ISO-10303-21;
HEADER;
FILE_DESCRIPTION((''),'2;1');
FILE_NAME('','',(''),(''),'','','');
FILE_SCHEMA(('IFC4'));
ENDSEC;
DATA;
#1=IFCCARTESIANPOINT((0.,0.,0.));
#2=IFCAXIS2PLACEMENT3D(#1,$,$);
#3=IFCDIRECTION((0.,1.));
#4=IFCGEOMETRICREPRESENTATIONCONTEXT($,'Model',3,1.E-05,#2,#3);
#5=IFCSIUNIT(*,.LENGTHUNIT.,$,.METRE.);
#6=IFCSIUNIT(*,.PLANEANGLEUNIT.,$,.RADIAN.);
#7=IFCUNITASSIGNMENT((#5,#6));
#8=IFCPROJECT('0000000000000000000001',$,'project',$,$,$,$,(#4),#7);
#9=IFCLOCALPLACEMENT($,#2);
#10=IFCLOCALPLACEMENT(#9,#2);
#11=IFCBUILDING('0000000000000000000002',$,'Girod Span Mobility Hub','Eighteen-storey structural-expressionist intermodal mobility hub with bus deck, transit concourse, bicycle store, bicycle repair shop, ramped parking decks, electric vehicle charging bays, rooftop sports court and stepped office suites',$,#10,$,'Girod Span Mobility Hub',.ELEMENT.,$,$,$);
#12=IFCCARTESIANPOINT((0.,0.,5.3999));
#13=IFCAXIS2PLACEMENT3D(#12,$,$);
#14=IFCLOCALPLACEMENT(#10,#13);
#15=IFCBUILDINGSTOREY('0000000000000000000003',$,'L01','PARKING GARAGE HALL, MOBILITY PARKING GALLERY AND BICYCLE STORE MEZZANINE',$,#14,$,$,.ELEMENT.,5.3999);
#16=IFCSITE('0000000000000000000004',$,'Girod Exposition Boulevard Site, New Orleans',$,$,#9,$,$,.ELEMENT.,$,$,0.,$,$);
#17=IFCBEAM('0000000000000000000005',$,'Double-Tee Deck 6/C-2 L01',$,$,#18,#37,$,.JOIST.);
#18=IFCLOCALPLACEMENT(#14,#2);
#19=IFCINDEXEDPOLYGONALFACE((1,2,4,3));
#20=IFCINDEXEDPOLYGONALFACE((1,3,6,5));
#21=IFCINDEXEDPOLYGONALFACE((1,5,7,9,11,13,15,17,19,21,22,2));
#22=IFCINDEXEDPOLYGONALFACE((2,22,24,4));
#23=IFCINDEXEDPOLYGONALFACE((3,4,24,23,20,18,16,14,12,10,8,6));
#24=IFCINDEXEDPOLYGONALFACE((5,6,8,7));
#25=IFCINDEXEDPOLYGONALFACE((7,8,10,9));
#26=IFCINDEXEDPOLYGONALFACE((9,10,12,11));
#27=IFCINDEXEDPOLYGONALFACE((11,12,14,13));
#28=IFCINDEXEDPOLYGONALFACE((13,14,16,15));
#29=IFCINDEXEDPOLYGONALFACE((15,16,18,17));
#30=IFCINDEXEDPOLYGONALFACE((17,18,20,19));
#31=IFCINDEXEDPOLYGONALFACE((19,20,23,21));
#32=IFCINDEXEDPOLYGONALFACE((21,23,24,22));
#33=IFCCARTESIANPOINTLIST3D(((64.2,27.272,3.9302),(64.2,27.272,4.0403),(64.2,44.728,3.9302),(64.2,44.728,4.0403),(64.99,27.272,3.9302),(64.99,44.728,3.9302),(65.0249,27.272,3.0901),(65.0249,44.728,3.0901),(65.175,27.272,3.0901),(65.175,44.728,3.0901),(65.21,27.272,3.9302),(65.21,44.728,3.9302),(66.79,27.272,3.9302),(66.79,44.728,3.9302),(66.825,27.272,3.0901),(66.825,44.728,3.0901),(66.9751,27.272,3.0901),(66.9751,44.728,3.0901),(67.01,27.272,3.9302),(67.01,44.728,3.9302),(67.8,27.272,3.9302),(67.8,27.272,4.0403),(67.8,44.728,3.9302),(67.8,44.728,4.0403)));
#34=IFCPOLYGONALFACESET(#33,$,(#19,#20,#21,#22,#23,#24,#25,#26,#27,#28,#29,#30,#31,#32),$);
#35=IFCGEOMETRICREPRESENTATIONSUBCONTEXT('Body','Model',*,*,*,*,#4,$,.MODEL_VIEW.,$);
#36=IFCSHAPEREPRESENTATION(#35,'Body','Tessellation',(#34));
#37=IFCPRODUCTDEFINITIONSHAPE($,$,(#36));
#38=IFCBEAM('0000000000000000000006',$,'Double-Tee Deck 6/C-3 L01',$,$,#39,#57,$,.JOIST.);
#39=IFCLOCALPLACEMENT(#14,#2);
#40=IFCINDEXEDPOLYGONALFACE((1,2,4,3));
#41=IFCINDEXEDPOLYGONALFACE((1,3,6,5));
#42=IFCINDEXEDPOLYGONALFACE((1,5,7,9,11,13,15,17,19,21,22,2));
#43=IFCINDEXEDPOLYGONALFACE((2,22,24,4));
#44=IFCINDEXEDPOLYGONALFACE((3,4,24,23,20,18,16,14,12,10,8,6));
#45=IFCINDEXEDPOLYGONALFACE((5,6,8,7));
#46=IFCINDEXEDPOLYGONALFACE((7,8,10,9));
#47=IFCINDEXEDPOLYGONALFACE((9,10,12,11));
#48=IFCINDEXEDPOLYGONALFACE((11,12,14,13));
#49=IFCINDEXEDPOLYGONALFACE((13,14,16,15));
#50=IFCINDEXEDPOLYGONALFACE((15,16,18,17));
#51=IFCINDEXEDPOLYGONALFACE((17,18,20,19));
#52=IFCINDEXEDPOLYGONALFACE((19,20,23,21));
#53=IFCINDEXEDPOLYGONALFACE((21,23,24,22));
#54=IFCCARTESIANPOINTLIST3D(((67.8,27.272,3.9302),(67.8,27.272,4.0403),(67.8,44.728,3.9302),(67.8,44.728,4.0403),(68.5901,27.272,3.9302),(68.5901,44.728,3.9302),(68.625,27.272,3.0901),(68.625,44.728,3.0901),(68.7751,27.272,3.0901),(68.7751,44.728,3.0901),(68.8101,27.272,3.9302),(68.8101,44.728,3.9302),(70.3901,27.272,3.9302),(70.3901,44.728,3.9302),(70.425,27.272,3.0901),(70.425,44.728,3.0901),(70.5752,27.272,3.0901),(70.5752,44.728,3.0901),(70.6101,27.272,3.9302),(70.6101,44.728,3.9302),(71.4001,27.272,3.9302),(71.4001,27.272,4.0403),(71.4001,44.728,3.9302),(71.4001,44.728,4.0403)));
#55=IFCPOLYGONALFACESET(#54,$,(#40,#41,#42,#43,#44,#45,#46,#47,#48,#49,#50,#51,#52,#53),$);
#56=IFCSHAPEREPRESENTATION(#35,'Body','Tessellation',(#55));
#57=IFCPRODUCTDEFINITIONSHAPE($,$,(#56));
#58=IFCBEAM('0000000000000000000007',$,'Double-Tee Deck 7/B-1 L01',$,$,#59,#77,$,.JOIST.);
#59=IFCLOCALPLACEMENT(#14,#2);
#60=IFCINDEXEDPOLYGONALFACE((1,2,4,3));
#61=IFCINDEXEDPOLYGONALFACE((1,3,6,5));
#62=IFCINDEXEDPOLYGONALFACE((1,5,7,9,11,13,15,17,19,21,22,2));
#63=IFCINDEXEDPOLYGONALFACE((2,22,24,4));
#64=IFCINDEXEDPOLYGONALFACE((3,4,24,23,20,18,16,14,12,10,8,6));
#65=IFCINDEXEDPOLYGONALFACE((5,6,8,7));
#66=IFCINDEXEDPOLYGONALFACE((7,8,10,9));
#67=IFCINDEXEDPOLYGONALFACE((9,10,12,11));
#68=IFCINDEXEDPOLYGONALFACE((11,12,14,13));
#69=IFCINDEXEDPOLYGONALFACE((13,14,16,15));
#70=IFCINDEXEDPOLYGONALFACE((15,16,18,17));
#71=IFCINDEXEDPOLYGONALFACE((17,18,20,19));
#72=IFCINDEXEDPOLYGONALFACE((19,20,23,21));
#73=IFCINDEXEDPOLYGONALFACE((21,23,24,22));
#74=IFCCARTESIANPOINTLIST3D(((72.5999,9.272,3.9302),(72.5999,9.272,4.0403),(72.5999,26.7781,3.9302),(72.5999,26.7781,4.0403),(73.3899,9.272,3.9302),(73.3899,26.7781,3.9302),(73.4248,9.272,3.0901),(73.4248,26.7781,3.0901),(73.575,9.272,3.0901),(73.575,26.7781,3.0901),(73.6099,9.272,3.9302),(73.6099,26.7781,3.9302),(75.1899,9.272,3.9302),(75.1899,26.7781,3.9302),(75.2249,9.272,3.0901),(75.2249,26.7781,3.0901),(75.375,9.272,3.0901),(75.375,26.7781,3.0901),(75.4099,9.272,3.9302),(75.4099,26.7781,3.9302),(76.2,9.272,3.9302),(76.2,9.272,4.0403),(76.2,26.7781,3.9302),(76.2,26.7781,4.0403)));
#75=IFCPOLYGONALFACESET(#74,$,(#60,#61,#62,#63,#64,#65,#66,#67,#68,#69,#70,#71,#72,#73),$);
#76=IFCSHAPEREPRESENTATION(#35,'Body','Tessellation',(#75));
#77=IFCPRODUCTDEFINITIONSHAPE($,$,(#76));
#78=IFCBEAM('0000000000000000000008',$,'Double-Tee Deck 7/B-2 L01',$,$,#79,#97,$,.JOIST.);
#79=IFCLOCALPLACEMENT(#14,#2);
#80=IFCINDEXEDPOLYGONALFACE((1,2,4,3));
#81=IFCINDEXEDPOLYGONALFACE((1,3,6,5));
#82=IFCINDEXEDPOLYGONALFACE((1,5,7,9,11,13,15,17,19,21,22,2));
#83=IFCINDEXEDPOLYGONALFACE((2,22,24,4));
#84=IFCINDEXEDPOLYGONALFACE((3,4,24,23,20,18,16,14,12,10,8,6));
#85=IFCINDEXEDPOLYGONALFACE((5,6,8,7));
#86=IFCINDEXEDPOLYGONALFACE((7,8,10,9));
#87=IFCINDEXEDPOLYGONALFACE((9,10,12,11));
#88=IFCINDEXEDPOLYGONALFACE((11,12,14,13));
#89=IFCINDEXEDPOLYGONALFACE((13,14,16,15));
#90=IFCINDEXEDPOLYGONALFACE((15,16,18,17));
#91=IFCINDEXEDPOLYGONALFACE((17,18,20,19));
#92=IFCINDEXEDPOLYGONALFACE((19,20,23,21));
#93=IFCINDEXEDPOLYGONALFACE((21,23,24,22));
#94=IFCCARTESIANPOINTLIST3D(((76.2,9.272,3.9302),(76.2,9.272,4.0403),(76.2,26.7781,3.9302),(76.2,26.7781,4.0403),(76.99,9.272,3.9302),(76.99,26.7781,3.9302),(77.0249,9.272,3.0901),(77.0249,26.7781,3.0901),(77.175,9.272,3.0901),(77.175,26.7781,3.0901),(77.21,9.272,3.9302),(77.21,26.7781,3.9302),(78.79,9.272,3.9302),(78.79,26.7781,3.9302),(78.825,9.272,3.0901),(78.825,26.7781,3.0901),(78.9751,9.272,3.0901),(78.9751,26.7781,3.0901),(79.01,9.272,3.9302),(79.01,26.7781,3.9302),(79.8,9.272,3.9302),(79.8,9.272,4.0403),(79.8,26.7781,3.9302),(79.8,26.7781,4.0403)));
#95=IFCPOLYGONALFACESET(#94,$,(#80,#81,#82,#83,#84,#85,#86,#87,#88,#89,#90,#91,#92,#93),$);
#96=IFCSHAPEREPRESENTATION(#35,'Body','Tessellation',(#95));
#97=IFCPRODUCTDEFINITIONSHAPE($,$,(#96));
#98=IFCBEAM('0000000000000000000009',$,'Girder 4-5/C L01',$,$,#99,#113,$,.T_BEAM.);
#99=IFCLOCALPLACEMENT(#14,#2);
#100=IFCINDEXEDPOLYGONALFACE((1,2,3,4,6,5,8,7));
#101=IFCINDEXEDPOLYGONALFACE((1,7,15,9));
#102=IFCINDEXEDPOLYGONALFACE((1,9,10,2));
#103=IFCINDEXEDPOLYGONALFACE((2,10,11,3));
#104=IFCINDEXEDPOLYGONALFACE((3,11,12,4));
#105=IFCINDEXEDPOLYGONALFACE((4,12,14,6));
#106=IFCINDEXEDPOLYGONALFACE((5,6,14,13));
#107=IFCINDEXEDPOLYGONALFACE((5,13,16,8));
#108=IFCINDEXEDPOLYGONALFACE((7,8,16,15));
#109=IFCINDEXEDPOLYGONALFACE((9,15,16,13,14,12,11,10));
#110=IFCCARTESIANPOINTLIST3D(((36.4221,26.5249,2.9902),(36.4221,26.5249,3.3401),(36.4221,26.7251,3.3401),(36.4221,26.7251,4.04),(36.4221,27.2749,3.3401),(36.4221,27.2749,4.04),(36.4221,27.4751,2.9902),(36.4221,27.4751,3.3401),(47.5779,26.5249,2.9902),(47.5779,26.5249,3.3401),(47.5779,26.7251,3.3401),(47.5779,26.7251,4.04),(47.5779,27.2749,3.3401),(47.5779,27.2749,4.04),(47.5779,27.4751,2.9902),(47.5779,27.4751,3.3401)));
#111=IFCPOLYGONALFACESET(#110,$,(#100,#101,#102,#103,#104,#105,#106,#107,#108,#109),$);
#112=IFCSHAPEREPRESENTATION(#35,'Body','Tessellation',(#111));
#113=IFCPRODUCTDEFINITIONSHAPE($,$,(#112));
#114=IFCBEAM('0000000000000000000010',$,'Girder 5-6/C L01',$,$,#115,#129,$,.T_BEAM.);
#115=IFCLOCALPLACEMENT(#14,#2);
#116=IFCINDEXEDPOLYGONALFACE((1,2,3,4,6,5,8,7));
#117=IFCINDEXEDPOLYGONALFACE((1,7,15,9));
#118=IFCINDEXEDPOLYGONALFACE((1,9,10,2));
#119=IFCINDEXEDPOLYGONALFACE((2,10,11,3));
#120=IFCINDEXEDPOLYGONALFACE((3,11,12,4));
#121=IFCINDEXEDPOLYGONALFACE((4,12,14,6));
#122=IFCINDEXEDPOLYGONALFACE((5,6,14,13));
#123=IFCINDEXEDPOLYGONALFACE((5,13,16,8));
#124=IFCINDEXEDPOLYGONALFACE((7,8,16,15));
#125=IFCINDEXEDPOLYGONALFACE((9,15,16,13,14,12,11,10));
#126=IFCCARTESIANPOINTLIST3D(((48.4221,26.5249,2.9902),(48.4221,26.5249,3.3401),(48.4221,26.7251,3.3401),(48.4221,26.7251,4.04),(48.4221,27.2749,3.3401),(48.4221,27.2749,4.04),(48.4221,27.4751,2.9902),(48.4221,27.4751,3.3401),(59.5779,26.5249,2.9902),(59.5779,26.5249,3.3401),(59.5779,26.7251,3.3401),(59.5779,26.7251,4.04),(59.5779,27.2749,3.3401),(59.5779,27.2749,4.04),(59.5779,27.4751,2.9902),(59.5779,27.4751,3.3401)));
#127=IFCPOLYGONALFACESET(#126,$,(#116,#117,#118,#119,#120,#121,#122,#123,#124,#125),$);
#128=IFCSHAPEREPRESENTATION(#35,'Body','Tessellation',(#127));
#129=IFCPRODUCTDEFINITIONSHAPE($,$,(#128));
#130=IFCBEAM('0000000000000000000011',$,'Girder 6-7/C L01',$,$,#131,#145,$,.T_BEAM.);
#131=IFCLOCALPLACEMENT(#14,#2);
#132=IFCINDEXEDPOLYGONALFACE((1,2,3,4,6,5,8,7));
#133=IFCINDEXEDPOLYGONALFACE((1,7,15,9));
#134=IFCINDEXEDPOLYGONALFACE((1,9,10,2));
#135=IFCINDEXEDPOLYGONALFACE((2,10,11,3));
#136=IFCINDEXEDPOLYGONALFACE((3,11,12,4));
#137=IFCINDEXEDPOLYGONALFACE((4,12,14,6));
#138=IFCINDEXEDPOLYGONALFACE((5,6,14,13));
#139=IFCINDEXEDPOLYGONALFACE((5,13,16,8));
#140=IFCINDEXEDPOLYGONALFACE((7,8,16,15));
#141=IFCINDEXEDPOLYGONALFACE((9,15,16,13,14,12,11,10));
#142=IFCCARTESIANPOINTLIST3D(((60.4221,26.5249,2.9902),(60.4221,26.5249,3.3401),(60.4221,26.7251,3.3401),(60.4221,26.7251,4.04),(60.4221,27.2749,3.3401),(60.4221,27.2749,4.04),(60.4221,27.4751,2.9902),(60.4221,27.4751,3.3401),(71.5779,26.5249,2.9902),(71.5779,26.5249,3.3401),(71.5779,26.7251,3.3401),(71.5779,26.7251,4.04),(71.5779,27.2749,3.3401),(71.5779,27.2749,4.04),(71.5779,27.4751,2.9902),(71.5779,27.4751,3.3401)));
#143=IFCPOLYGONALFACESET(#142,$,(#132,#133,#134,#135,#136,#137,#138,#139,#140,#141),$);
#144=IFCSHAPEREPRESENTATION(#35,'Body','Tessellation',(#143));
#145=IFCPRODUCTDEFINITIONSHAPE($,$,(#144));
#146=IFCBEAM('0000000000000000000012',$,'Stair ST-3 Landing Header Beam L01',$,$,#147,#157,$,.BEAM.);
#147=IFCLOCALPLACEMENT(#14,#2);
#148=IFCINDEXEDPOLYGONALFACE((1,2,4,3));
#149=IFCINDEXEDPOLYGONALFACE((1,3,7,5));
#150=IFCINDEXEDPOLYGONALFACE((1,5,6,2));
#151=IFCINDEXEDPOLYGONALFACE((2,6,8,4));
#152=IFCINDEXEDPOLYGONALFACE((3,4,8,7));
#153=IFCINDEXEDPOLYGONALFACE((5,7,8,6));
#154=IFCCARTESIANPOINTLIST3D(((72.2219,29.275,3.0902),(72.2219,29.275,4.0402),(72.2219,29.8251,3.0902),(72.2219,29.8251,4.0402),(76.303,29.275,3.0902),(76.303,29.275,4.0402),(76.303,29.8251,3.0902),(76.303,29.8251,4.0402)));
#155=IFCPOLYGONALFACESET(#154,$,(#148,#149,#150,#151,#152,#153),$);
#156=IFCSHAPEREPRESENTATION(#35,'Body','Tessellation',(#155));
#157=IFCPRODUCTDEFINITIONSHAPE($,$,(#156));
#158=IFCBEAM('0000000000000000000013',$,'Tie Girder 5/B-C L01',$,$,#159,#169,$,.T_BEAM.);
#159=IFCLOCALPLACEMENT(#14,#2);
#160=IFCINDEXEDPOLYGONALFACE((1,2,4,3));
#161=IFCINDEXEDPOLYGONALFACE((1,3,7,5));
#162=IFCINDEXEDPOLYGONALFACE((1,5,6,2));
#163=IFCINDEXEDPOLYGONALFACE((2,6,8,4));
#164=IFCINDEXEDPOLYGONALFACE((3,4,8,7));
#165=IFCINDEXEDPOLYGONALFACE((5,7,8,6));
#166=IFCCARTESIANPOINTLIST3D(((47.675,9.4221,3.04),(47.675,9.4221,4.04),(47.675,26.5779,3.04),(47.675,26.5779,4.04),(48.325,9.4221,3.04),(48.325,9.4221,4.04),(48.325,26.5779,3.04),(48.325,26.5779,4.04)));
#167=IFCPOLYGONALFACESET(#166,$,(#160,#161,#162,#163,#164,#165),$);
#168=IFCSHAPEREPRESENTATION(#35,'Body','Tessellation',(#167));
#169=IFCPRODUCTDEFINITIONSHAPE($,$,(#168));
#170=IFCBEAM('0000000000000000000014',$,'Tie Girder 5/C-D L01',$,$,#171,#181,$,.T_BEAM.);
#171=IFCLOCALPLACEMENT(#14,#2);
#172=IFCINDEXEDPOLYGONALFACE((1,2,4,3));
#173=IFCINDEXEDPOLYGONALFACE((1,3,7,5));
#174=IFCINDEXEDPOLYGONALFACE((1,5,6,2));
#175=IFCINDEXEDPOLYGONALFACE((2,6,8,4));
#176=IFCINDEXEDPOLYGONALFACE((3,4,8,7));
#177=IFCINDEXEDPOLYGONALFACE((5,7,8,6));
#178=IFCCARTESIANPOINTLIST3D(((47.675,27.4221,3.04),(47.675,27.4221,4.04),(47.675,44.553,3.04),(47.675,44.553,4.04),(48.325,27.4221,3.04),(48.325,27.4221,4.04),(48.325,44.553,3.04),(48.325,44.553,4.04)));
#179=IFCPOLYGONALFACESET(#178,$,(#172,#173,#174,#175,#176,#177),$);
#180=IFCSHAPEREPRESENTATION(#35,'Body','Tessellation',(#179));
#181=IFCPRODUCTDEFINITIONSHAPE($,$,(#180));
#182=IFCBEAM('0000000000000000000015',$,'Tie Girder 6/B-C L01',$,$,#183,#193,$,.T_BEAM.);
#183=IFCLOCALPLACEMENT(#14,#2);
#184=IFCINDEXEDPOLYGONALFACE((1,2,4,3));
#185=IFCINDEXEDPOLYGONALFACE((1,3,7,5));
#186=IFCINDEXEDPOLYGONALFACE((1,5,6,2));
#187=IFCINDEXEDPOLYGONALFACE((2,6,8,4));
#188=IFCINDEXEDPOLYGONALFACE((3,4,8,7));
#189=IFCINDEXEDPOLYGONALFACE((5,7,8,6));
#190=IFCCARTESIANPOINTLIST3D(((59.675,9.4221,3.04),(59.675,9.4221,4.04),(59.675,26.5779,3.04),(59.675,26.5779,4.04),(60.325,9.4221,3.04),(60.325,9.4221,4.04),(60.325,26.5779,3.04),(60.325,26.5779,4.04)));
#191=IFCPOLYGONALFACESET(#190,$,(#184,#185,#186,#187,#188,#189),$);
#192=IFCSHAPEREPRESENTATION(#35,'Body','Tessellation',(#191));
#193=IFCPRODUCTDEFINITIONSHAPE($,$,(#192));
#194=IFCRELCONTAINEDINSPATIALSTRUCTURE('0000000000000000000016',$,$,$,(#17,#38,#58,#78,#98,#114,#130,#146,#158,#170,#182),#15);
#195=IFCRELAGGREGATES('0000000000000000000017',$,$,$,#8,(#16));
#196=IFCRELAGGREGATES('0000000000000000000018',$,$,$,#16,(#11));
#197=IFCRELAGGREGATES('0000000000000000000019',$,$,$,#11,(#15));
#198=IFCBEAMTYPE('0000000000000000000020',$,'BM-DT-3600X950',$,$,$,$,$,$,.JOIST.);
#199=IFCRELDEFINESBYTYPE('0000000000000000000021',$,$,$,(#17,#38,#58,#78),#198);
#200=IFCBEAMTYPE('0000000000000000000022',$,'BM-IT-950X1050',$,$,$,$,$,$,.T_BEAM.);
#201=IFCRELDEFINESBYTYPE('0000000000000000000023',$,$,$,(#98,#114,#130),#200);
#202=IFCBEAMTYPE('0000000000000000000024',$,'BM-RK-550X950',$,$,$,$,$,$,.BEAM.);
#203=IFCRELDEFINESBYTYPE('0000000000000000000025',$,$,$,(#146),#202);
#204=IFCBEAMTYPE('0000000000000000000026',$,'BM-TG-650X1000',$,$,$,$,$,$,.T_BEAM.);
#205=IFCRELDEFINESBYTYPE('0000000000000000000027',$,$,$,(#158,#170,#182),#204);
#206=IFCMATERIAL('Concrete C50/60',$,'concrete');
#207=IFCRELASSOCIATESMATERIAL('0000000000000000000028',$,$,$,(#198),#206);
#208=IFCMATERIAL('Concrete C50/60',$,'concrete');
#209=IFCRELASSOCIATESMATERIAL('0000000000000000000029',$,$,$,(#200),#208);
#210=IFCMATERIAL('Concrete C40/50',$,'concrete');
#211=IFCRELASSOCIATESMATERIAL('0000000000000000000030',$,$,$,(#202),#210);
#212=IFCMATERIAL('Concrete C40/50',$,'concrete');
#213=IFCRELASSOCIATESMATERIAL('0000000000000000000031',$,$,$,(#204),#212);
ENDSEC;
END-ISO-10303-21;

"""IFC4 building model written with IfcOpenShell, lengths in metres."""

from ifc_helpers import new_model, si_unit, direction, frame, origin, origin_2d, place, context, subcontext, project, spatial, polyline, rectangle, outline, extrude, material, material_profile, profile_set, type_object, element, save


model = new_model("IFC4")

# Units and contexts
model_context = context("Model", 3, precision=1e-05, world=origin(), true_north=direction((0.0, 1.0)))
body_context = subcontext(model_context, "Body", "Model", "MODEL_VIEW")
ifc_project = project(units=[si_unit("LENGTHUNIT", "METRE"), si_unit("PLANEANGLEUNIT", "RADIAN")], contexts=[model_context])

# Site, building, storey
site_placement = place(None, origin())
site = spatial("IfcSite", under=ifc_project, at=site_placement, Name="Girod Exposition Boulevard Site, New Orleans", CompositionType="ELEMENT", RefElevation=0.0)
building_placement = place(site_placement, origin())
building = spatial("IfcBuilding", under=site, at=building_placement, Name="Girod Span Mobility Hub", Description="Eighteen-storey structural-expressionist intermodal mobility hub with bus deck, transit concourse, bicycle store, bicycle repair shop, ramped parking decks, electric vehicle charging bays, rooftop sports court and stepped office suites", LongName="Girod Span Mobility Hub", CompositionType="ELEMENT")
storey_placement = place(building_placement, frame((0.0, 0.0, 5.3999)))
storey = spatial("IfcBuildingStorey", under=building, at=storey_placement, Name="L01", Description="PARKING GARAGE HALL, MOBILITY PARKING GALLERY AND BICYCLE STORE MEZZANINE", CompositionType="ELEMENT", Elevation=5.3999)

# Beams
ifc_material_1 = material(Name="Concrete C50/60", Category="concrete")
ifc_material_profile_1 = material_profile(ifc_material_1, outline(polyline([(-1.8, 0.4751), (-1.8, 0.365), (-1.01, 0.365), (-0.9751, -0.4751), (-0.825, -0.4751), (-0.79, 0.365), (0.79, 0.365), (0.825, -0.4751), (0.9751, -0.4751), (1.01, 0.365), (1.8, 0.365), (1.8, 0.4751), (-1.8, 0.4751)])), Name="DT-3600X950")
ifc_profile_set_1 = profile_set([ifc_material_profile_1], Name="Concrete C50/60")
beam_type_1 = type_object("IfcBeamType", Name="BM-DT-3600X950", PredefinedType="JOIST", material=ifc_profile_set_1)
for number, where, z_axis, x_axis, name in (
    (1, (66.0, 27.272, 3.5652), (0.0, 1.0, 0.0), (-1.0, 0.0, 0.0), "Double-Tee Deck 6/C-2 L01"),
    (2, (69.6001, 27.272, 3.5652), (0.0, 1.0, 0.0), (-1.0, 0.0, 0.0), "Double-Tee Deck 6/C-3 L01"),
):
    element("IfcBeam", number, at=place(storey_placement, frame(where, z_axis=z_axis, x_axis=x_axis)), inside=storey, type_object=beam_type_1, Name=name, PredefinedType="JOIST", context=body_context, shape_type="SweptSolid", body=[
        extrude(outline(polyline([(-1.8, 0.4751), (-1.8, 0.365), (-1.01, 0.365), (-0.9751, -0.4751), (-0.825, -0.4751), (-0.79, 0.365), (0.79, 0.365), (0.825, -0.4751), (0.9751, -0.4751), (1.01, 0.365), (1.8, 0.365), (1.8, 0.4751), (-1.8, 0.4751)])), origin(), (0.0, 0.0, 1.0), 17.4561),
    ])
for number, where, z_axis, x_axis, name in (
    (3, (74.3999, 9.272, 3.5652), (0.0, 1.0, 0.0), (-1.0, 0.0, 0.0), "Double-Tee Deck 7/B-1 L01"),
    (4, (78.0, 9.272, 3.5652), (0.0, 1.0, 0.0), (-1.0, 0.0, 0.0), "Double-Tee Deck 7/B-2 L01"),
):
    element("IfcBeam", number, at=place(storey_placement, frame(where, z_axis=z_axis, x_axis=x_axis)), inside=storey, type_object=beam_type_1, Name=name, PredefinedType="JOIST", context=body_context, shape_type="SweptSolid", body=[
        extrude(outline(polyline([(-1.8, 0.4751), (-1.8, 0.365), (-1.01, 0.365), (-0.9751, -0.4751), (-0.825, -0.4751), (-0.79, 0.365), (0.79, 0.365), (0.825, -0.4751), (0.9751, -0.4751), (1.01, 0.365), (1.8, 0.365), (1.8, 0.4751), (-1.8, 0.4751)])), origin(), (0.0, 0.0, 1.0), 17.5061),
    ])
ifc_material_2 = material(Name="Concrete C50/60", Category="concrete")
ifc_material_profile_2 = material_profile(ifc_material_2, outline(polyline([(-0.4751, -0.5249), (0.4751, -0.5249), (0.4751, -0.175), (0.2749, -0.175), (0.2749, 0.5249), (-0.2749, 0.5249), (-0.2749, -0.175), (-0.4751, -0.175), (-0.4751, -0.5249)])), Name="IT-950X1050")
ifc_profile_set_2 = profile_set([ifc_material_profile_2], Name="Concrete C50/60")
beam_type_2 = type_object("IfcBeamType", Name="BM-IT-950X1050", PredefinedType="T_BEAM", material=ifc_profile_set_2)
for number, where, z_axis, x_axis, name in (
    (5, (36.4221, 27.0, 3.5151), (1.0, 0.0, 0.0), (0.0, 1.0, 0.0), "Girder 4-5/C L01"),
    (6, (48.4221, 27.0, 3.5151), (1.0, 0.0, 0.0), (0.0, 1.0, 0.0), "Girder 5-6/C L01"),
    (7, (60.4221, 27.0, 3.5151), (1.0, 0.0, 0.0), (0.0, 1.0, 0.0), "Girder 6-7/C L01"),
):
    element("IfcBeam", number, at=place(storey_placement, frame(where, z_axis=z_axis, x_axis=x_axis)), inside=storey, type_object=beam_type_2, Name=name, PredefinedType="T_BEAM", context=body_context, shape_type="SweptSolid", body=[
        extrude(outline(polyline([(-0.4751, -0.5249), (0.4751, -0.5249), (0.4751, -0.175), (0.2749, -0.175), (0.2749, 0.5249), (-0.2749, 0.5249), (-0.2749, -0.175), (-0.4751, -0.175), (-0.4751, -0.5249)])), origin(), (0.0, 0.0, 1.0), 11.1558),
    ])
ifc_material_3 = material(Name="Concrete C40/50", Category="concrete")
ifc_material_profile_3 = material_profile(ifc_material_3, rectangle(XDim=0.55, YDim=0.95, at=origin_2d()), Name="RK-550X950")
ifc_profile_set_3 = profile_set([ifc_material_profile_3], Name="Concrete C40/50")
beam_type_3 = type_object("IfcBeamType", Name="BM-RK-550X950", PredefinedType="BEAM", material=ifc_profile_set_3)
beam_1_placement = place(storey_placement, frame((72.2219, 29.55, 3.5652), z_axis=(1.0, 0.0, 0.0), x_axis=(0.0, 1.0, 0.0)))
element("IfcBeam", 8, at=beam_1_placement, inside=storey, type_object=beam_type_3, Name="Stair ST-3 Landing Header Beam L01", PredefinedType="BEAM", context=body_context, shape_type="SweptSolid", body=[
    extrude(rectangle(XDim=0.55, YDim=0.95, at=origin_2d()), origin(), (0.0, 0.0, 1.0), 4.0811),
])
ifc_material_4 = material(Name="Concrete C40/50", Category="concrete")
ifc_material_profile_4 = material_profile(ifc_material_4, rectangle(XDim=0.6499, YDim=1.0, at=origin_2d()), Name="TG-650X1000")
ifc_profile_set_4 = profile_set([ifc_material_profile_4], Name="Concrete C40/50")
beam_type_4 = type_object("IfcBeamType", Name="BM-TG-650X1000", PredefinedType="T_BEAM", material=ifc_profile_set_4)
beam_2_placement = place(storey_placement, frame((48.0, 9.4221, 3.54), z_axis=(0.0, 1.0, 0.0), x_axis=(-1.0, 0.0, 0.0)))
element("IfcBeam", 9, at=beam_2_placement, inside=storey, type_object=beam_type_4, Name="Tie Girder 5/B-C L01", PredefinedType="T_BEAM", context=body_context, shape_type="SweptSolid", body=[
    extrude(rectangle(XDim=0.6499, YDim=1.0, at=origin_2d()), origin(), (0.0, 0.0, 1.0), 17.1558),
])
beam_3_placement = place(storey_placement, frame((48.0, 27.4221, 3.54), z_axis=(0.0, 1.0, 0.0), x_axis=(-1.0, 0.0, 0.0)))
element("IfcBeam", 10, at=beam_3_placement, inside=storey, type_object=beam_type_4, Name="Tie Girder 5/C-D L01", PredefinedType="T_BEAM", context=body_context, shape_type="SweptSolid", body=[
    extrude(rectangle(XDim=0.6499, YDim=1.0, at=origin_2d()), origin(), (0.0, 0.0, 1.0), 17.1309),
])
beam_4_placement = place(storey_placement, frame((60.0, 9.4221, 3.54), z_axis=(0.0, 1.0, 0.0), x_axis=(-1.0, 0.0, 0.0)))
element("IfcBeam", 11, at=beam_4_placement, inside=storey, type_object=beam_type_4, Name="Tie Girder 6/B-C L01", PredefinedType="T_BEAM", context=body_context, shape_type="SweptSolid", body=[
    extrude(rectangle(XDim=0.6499, YDim=1.0, at=origin_2d()), origin(), (0.0, 0.0, 1.0), 17.1558),
])

save(model, "model.ifc")
